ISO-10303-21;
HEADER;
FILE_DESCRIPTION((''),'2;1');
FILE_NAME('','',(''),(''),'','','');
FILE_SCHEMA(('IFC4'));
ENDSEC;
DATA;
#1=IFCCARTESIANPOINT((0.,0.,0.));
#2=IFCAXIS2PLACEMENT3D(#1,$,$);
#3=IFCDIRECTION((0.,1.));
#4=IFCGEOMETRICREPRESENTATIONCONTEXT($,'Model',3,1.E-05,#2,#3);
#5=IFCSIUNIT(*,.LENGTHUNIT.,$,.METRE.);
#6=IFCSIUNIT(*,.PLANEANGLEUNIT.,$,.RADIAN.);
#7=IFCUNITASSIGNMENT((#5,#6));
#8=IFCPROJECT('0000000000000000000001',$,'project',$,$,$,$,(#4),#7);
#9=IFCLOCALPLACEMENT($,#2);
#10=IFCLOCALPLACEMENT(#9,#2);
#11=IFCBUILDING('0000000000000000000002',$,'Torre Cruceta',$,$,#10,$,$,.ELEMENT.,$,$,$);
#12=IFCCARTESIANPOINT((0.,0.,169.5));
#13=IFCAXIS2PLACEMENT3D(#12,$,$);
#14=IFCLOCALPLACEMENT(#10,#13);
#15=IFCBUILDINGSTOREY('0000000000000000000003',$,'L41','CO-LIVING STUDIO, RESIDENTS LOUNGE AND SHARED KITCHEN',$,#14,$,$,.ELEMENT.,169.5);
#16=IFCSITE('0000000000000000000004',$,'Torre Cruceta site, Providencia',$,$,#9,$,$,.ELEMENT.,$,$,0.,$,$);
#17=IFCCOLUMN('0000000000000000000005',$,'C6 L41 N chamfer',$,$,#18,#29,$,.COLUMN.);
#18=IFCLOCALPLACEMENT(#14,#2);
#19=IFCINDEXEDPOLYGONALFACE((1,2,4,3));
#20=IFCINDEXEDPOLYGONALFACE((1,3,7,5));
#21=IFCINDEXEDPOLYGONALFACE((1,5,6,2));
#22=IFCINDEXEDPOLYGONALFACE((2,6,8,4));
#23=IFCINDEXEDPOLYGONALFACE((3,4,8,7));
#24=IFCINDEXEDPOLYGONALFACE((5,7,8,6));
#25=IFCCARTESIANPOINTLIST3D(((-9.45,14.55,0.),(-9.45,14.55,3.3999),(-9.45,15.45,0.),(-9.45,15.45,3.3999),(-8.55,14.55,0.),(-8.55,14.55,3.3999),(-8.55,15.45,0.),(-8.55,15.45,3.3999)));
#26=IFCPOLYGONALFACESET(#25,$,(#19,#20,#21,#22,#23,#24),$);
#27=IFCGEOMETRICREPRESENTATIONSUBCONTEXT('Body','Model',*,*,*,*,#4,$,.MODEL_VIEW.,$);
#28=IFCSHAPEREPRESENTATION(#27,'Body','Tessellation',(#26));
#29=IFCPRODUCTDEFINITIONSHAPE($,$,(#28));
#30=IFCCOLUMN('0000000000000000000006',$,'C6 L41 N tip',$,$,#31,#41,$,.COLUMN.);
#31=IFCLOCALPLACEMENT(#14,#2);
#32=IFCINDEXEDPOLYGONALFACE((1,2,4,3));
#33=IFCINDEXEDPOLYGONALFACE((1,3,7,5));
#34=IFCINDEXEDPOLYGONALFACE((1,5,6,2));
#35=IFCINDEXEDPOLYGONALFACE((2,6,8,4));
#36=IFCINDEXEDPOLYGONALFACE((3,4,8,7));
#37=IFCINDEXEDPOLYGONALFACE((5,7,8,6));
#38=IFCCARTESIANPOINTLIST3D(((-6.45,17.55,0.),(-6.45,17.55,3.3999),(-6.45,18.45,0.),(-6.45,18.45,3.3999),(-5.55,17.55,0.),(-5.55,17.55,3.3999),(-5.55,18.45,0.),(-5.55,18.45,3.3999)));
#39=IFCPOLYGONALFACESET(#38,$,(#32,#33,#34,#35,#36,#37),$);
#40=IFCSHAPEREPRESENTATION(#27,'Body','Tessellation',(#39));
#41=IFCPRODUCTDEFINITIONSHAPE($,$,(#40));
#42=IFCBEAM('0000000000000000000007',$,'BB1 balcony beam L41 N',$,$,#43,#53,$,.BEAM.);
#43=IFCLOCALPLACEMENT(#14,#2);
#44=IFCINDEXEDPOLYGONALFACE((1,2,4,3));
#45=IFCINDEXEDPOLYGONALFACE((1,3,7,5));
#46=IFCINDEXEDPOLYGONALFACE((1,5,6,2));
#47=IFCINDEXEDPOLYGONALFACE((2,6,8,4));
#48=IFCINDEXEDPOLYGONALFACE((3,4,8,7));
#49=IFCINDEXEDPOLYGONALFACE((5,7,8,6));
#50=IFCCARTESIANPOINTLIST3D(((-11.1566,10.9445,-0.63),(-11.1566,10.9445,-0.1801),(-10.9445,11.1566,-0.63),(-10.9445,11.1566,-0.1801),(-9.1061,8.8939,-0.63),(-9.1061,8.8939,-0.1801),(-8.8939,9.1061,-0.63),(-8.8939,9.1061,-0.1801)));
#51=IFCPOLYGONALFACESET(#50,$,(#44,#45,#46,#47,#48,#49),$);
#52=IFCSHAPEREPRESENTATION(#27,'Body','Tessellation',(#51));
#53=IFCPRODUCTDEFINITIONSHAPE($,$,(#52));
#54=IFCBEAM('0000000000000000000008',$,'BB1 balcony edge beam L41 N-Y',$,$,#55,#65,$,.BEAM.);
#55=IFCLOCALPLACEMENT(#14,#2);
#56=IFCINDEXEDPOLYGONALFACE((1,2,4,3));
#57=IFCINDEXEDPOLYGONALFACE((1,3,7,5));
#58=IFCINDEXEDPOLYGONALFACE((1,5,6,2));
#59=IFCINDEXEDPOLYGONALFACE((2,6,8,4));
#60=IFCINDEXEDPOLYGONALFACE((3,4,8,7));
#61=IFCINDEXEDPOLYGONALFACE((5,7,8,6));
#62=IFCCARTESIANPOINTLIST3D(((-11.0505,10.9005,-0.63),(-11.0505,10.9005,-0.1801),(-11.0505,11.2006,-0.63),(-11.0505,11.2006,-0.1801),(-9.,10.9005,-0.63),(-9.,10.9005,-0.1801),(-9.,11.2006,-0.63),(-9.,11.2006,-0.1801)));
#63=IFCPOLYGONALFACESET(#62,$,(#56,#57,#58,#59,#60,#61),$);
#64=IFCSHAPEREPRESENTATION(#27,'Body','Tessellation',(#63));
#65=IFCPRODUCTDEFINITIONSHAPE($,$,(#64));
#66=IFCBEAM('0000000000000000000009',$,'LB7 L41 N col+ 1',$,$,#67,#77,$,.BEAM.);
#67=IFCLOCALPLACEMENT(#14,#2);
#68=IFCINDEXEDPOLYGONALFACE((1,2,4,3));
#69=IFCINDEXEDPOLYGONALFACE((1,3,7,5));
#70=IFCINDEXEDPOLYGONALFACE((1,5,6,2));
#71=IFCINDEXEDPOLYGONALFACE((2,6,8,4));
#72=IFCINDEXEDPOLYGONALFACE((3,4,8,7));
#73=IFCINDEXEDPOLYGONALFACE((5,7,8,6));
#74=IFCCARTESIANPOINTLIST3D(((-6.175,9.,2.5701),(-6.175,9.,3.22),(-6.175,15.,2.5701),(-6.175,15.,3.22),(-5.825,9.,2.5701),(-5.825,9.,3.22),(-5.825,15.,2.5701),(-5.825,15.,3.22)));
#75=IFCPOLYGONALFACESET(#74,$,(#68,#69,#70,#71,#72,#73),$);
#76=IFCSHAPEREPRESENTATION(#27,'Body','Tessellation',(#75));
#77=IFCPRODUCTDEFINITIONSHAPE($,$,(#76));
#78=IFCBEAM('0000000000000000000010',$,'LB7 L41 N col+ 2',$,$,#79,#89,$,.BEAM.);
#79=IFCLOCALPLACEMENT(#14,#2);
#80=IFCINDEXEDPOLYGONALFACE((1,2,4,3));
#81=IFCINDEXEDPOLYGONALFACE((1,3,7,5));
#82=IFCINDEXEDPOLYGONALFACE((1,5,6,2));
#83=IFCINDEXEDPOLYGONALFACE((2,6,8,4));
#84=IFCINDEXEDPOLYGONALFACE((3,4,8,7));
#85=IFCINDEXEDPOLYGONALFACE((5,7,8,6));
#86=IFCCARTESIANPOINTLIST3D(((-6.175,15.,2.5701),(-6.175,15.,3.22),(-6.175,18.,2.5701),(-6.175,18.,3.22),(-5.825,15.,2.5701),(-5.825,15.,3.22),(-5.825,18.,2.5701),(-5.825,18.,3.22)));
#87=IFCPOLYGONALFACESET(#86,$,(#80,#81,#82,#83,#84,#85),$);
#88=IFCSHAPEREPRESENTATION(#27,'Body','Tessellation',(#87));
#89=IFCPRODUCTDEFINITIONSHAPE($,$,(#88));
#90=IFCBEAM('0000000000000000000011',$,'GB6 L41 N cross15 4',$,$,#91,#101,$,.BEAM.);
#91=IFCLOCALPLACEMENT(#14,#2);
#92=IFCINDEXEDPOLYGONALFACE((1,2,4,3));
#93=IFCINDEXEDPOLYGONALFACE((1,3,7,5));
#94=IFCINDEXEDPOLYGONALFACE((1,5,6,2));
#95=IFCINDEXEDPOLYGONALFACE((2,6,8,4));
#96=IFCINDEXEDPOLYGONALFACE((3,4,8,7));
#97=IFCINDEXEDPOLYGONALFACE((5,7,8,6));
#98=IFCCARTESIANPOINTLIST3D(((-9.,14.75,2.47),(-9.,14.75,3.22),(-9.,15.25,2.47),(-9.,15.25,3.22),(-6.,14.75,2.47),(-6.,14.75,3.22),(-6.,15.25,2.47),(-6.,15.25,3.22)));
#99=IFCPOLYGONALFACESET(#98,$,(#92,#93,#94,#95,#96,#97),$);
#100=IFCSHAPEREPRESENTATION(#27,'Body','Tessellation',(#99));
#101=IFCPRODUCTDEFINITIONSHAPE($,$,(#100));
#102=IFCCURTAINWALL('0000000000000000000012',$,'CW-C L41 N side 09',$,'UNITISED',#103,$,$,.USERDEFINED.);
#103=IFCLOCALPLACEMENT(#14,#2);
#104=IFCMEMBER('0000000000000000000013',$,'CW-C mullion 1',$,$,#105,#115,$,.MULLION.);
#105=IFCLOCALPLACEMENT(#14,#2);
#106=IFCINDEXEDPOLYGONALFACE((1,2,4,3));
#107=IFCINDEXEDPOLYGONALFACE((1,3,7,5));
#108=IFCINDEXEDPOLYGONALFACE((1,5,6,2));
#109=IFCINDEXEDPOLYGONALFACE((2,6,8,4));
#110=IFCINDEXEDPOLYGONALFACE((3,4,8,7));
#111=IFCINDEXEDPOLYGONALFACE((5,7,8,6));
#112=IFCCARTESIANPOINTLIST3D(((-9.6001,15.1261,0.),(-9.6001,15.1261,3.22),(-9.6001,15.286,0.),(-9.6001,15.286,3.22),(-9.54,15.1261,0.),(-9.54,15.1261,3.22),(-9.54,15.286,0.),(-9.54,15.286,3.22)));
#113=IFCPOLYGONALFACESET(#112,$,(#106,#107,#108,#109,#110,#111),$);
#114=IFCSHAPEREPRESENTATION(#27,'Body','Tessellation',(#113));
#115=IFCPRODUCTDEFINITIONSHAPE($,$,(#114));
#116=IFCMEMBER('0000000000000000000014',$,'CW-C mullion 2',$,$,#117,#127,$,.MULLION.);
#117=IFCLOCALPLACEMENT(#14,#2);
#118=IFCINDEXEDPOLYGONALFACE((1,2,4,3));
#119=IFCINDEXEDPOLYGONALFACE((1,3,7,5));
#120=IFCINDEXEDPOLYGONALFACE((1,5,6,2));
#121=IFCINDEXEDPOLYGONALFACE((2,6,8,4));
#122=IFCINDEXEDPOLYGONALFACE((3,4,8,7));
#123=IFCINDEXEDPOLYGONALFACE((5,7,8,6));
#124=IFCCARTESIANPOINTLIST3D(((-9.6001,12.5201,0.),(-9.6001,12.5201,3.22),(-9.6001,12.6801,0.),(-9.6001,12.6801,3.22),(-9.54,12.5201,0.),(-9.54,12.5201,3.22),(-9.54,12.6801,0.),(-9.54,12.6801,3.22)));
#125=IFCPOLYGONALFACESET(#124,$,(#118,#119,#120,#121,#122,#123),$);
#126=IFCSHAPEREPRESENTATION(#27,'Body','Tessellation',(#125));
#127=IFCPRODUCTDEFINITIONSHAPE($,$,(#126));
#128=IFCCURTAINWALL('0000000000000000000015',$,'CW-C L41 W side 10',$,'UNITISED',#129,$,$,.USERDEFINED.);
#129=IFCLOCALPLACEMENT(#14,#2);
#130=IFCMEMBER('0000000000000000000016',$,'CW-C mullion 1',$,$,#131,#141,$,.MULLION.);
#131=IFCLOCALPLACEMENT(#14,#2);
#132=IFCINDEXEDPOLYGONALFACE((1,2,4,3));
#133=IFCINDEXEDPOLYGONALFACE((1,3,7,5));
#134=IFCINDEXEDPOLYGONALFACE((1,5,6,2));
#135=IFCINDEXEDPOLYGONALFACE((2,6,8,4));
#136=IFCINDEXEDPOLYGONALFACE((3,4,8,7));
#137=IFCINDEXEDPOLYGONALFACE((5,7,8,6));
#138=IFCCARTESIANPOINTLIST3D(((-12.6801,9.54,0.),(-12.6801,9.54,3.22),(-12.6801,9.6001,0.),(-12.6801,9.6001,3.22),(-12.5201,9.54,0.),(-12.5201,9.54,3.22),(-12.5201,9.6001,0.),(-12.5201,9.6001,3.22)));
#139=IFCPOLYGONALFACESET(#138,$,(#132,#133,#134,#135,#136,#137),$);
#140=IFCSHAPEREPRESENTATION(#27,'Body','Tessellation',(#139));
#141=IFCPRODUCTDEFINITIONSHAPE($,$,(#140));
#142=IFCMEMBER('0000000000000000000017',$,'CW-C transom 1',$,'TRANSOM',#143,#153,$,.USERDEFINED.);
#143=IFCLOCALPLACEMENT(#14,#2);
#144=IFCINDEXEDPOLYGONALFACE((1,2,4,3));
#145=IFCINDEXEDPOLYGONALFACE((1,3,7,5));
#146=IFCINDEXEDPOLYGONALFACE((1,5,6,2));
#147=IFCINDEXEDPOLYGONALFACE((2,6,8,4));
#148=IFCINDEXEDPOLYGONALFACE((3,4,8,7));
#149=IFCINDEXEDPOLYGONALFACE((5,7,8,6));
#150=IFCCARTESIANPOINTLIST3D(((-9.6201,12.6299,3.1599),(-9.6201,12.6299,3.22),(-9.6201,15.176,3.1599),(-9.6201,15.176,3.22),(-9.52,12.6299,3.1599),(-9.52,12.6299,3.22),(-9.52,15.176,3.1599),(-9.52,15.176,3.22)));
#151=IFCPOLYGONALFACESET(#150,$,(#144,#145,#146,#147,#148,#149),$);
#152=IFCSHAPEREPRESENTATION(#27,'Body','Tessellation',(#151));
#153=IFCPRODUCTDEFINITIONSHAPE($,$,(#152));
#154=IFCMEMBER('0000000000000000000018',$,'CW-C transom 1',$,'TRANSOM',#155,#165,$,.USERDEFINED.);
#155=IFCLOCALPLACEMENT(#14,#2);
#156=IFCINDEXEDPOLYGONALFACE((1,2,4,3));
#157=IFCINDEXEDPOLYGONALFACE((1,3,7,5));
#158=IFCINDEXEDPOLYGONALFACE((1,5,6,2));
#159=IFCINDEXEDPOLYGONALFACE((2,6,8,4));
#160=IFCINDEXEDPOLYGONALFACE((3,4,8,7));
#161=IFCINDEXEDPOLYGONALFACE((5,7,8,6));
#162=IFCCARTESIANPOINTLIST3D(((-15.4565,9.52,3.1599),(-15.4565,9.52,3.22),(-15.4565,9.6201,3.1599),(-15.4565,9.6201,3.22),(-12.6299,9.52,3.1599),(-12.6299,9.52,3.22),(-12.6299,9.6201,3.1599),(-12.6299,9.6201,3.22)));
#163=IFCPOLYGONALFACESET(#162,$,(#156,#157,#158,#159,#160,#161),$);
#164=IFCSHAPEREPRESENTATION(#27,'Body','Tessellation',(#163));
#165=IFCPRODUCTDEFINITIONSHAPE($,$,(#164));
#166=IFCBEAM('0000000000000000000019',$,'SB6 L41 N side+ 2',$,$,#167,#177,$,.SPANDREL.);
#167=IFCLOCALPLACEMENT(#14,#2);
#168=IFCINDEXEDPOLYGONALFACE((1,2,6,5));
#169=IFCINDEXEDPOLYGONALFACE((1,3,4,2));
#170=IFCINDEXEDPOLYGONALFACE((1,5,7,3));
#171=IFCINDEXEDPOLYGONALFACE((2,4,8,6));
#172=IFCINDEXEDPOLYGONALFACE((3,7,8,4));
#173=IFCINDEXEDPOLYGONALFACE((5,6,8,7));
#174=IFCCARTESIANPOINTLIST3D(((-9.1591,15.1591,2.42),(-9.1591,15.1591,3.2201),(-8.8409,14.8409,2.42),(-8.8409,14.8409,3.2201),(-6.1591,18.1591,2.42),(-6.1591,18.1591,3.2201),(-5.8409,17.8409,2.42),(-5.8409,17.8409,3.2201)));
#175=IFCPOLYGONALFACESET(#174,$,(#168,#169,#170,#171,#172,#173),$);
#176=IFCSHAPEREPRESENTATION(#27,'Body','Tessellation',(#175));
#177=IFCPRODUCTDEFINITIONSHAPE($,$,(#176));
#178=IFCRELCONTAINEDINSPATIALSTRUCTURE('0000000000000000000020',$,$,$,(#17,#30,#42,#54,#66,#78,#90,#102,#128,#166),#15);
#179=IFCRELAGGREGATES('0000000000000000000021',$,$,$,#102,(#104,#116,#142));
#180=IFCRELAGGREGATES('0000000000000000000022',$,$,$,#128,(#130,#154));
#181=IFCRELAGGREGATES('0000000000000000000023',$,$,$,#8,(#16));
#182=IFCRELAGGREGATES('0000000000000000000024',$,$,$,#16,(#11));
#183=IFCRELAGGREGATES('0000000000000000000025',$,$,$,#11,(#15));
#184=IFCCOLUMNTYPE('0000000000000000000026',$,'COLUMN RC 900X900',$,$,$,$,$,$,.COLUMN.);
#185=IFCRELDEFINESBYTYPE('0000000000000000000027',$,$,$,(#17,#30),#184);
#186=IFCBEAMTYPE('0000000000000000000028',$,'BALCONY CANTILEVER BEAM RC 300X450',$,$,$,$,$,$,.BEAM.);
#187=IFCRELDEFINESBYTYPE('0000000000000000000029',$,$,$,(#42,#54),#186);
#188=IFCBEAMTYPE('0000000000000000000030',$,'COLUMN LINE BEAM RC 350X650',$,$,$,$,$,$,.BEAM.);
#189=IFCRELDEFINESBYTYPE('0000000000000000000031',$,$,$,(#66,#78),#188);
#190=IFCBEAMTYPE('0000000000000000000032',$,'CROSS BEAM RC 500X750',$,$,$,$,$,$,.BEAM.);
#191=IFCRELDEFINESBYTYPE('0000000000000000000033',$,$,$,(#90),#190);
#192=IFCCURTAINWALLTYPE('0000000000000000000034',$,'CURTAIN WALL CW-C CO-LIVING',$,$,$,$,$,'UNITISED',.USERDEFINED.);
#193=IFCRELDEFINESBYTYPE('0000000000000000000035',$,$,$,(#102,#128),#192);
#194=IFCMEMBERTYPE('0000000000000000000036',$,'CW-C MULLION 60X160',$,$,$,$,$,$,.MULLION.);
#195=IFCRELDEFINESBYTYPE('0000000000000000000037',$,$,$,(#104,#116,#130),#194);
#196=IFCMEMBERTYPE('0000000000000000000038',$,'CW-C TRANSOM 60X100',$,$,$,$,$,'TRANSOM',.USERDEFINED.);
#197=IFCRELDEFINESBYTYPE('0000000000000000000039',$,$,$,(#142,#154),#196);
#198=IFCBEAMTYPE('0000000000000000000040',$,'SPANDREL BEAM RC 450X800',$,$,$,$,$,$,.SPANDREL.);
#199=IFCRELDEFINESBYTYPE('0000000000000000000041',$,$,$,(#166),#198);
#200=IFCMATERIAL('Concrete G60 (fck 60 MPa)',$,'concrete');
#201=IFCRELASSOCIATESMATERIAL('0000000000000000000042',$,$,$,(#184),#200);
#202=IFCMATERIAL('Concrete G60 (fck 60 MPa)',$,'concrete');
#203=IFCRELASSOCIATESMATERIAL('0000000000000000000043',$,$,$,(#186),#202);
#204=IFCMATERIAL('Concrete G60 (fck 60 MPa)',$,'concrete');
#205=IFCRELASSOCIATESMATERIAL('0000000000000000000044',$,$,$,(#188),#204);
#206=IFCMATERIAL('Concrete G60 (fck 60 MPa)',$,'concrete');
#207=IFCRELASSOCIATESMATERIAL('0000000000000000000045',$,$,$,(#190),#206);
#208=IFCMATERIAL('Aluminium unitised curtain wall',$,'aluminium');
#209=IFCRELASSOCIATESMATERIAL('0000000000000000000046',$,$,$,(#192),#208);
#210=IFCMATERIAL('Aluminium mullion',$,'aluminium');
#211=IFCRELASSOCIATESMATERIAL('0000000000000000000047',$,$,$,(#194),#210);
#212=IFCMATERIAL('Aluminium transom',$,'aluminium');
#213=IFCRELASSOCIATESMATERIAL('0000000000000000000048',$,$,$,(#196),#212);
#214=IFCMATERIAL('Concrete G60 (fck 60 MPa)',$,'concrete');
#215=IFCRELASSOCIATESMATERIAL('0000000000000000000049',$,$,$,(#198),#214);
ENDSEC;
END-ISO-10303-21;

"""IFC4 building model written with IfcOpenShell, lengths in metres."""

from ifc_helpers import new_model, si_unit, direction, frame, origin, origin_2d, place, context, subcontext, project, spatial, rectangle, extrude, material, material_profile, profile_set, type_object, element, aggregate, save


model = new_model("IFC4")

# Units and contexts
model_context = context("Model", 3, precision=1e-05, world=origin(), true_north=direction((0.0, 1.0)))
body_context = subcontext(model_context, "Body", "Model", "MODEL_VIEW")
ifc_project = project(units=[si_unit("LENGTHUNIT", "METRE"), si_unit("PLANEANGLEUNIT", "RADIAN")], contexts=[model_context])

# Site, building, storey
site_placement = place(None, origin())
site = spatial("IfcSite", under=ifc_project, at=site_placement, Name="Torre Cruceta site, Providencia", CompositionType="ELEMENT", RefElevation=0.0)
building_placement = place(site_placement, origin())
building = spatial("IfcBuilding", under=site, at=building_placement, Name="Torre Cruceta", CompositionType="ELEMENT")
storey_placement = place(building_placement, frame((0.0, 0.0, 169.5)))
storey = spatial("IfcBuildingStorey", under=building, at=storey_placement, Name="L41", Description="CO-LIVING STUDIO, RESIDENTS LOUNGE AND SHARED KITCHEN", CompositionType="ELEMENT", Elevation=169.5)

# Columns
ifc_material_1 = material(Name="Concrete G60 (fck 60 MPa)", Category="concrete")
ifc_material_profile_1 = material_profile(ifc_material_1, rectangle(XDim=0.8999, YDim=0.8999, at=origin_2d()), Name="RC 900X900")
ifc_profile_set_1 = profile_set([ifc_material_profile_1], Name="Concrete G60 (fck 60 MPa)")
column_type = type_object("IfcColumnType", Name="COLUMN RC 900X900", PredefinedType="COLUMN", material=ifc_profile_set_1)
for number, where, z_axis, x_axis, name in (
    (1, (-9.0, 15.0, 0.0), (0.0, 0.0, 1.0), (1.0, 0.0, 0.0), "C6 L41 N chamfer"),
    (2, (-6.0, 18.0, 0.0), (0.0, 0.0, 1.0), (1.0, 0.0, 0.0), "C6 L41 N tip"),
):
    element("IfcColumn", number, at=place(storey_placement, frame(where, z_axis=z_axis, x_axis=x_axis)), inside=storey, type_object=column_type, Name=name, PredefinedType="COLUMN", context=body_context, shape_type="SweptSolid", body=[
        extrude(rectangle(XDim=0.8999, YDim=0.8999, at=origin_2d()), origin(), (0.0, 0.0, 1.0), 3.3999),
    ])

# Beams
ifc_material_2 = material(Name="Concrete G60 (fck 60 MPa)", Category="concrete")
ifc_material_profile_2 = material_profile(ifc_material_2, rectangle(XDim=0.3, YDim=0.45, at=origin_2d()), Name="RC 300X450")
ifc_profile_set_2 = profile_set([ifc_material_profile_2], Name="Concrete G60 (fck 60 MPa)")
beam_type_1 = type_object("IfcBeamType", Name="BALCONY CANTILEVER BEAM RC 300X450", PredefinedType="BEAM", material=ifc_profile_set_2)
beam_1_placement = place(storey_placement, frame((-9.0, 9.0, -0.405), z_axis=(-0.707107, 0.707107, 0.0), x_axis=(-0.707107, -0.707107, 0.0)))
element("IfcBeam", 3, at=beam_1_placement, inside=storey, type_object=beam_type_1, Name="BB1 balcony beam L41 N", PredefinedType="BEAM", context=body_context, shape_type="SweptSolid", body=[
    extrude(rectangle(XDim=0.3, YDim=0.45, at=origin_2d()), origin(), (0.0, 0.0, 1.0), 2.8999),
])
beam_2_placement = place(storey_placement, frame((-9.0, 11.0505, -0.405), z_axis=(-1.0, 0.0, 0.0), x_axis=(0.0, -1.0, 0.0)))
element("IfcBeam", 4, at=beam_2_placement, inside=storey, type_object=beam_type_1, Name="BB1 balcony edge beam L41 N-Y", PredefinedType="BEAM", context=body_context, shape_type="SweptSolid", body=[
    extrude(rectangle(XDim=0.3, YDim=0.45, at=origin_2d()), origin(), (0.0, 0.0, 1.0), 2.0505),
])
ifc_material_3 = material(Name="Concrete G60 (fck 60 MPa)", Category="concrete")
ifc_material_profile_3 = material_profile(ifc_material_3, rectangle(XDim=0.3501, YDim=0.6499, at=origin_2d()), Name="RC 350X650")
ifc_profile_set_3 = profile_set([ifc_material_profile_3], Name="Concrete G60 (fck 60 MPa)")
beam_type_2 = type_object("IfcBeamType", Name="COLUMN LINE BEAM RC 350X650", PredefinedType="BEAM", material=ifc_profile_set_3)
beam_3_placement = place(storey_placement, frame((-6.0, 9.0, 2.895), z_axis=(0.0, 1.0, 0.0), x_axis=(-1.0, 0.0, 0.0)))
element("IfcBeam", 5, at=beam_3_placement, inside=storey, type_object=beam_type_2, Name="LB7 L41 N col+ 1", PredefinedType="BEAM", context=body_context, shape_type="SweptSolid", body=[
    extrude(rectangle(XDim=0.3501, YDim=0.6499, at=origin_2d()), origin(), (0.0, 0.0, 1.0), 6.0),
])
beam_4_placement = place(storey_placement, frame((-6.0, 15.0, 2.895), z_axis=(0.0, 1.0, 0.0), x_axis=(-1.0, 0.0, 0.0)))
element("IfcBeam", 6, at=beam_4_placement, inside=storey, type_object=beam_type_2, Name="LB7 L41 N col+ 2", PredefinedType="BEAM", context=body_context, shape_type="SweptSolid", body=[
    extrude(rectangle(XDim=0.3501, YDim=0.6499, at=origin_2d()), origin(), (0.0, 0.0, 1.0), 3.0),
])
ifc_material_4 = material(Name="Concrete G60 (fck 60 MPa)", Category="concrete")
ifc_material_profile_4 = material_profile(ifc_material_4, rectangle(XDim=0.5, YDim=0.75, at=origin_2d()), Name="RC 500X750")
ifc_profile_set_4 = profile_set([ifc_material_profile_4], Name="Concrete G60 (fck 60 MPa)")
beam_type_3 = type_object("IfcBeamType", Name="CROSS BEAM RC 500X750", PredefinedType="BEAM", material=ifc_profile_set_4)
beam_5_placement = place(storey_placement, frame((-6.0, 15.0, 2.845), z_axis=(-1.0, 0.0, 0.0), x_axis=(0.0, -1.0, 0.0)))
element("IfcBeam", 7, at=beam_5_placement, inside=storey, type_object=beam_type_3, Name="GB6 L41 N cross15 4", PredefinedType="BEAM", context=body_context, shape_type="SweptSolid", body=[
    extrude(rectangle(XDim=0.5, YDim=0.75, at=origin_2d()), origin(), (0.0, 0.0, 1.0), 3.0),
])

# Curtain wall, members
ifc_material_5 = material(Name="Aluminium unitised curtain wall", Category="aluminium")
curtain_wall_type = type_object("IfcCurtainWallType", Name="CURTAIN WALL CW-C CO-LIVING", ElementType="UNITISED", PredefinedType="USERDEFINED", material=ifc_material_5)
curtain_wall_1_placement = place(storey_placement, origin())
curtain_wall_1 = element("IfcCurtainWall", 8, at=curtain_wall_1_placement, inside=storey, type_object=curtain_wall_type, Name="CW-C L41 N side 09", ObjectType="UNITISED", PredefinedType="USERDEFINED")
ifc_material_6 = material(Name="Aluminium mullion", Category="aluminium")
ifc_material_profile_5 = material_profile(ifc_material_6, rectangle(XDim=0.0601, YDim=0.1599, at=origin_2d()), Name="AL 60X160")
ifc_profile_set_5 = profile_set([ifc_material_profile_5], Name="Aluminium mullion")
member_type_1 = type_object("IfcMemberType", Name="CW-C MULLION 60X160", PredefinedType="MULLION", material=ifc_profile_set_5)
member_1_placement = place(storey_placement, frame((-9.5701, 15.2061, 0.0), z_axis=(0.0, 0.0, 1.0), x_axis=(1.0, 0.0, 0.0)))
member_1 = element("IfcMember", 9, at=member_1_placement, type_object=member_type_1, Name="CW-C mullion 1", PredefinedType="MULLION", context=body_context, shape_type="SweptSolid", body=[
    extrude(rectangle(XDim=0.0601, YDim=0.1599, at=origin_2d()), origin(), (0.0, 0.0, 1.0), 3.22),
])
member_2_placement = place(storey_placement, frame((-9.5701, 12.6001, 0.0), z_axis=(0.0, 0.0, 1.0), x_axis=(1.0, 0.0, 0.0)))
member_2 = element("IfcMember", 10, at=member_2_placement, type_object=member_type_1, Name="CW-C mullion 2", PredefinedType="MULLION", context=body_context, shape_type="SweptSolid", body=[
    extrude(rectangle(XDim=0.0601, YDim=0.1599, at=origin_2d()), origin(), (0.0, 0.0, 1.0), 3.22),
])

# Curtain wall, member
curtain_wall_2_placement = place(storey_placement, origin())
curtain_wall_2 = element("IfcCurtainWall", 11, at=curtain_wall_2_placement, inside=storey, type_object=curtain_wall_type, Name="CW-C L41 W side 10", ObjectType="UNITISED", PredefinedType="USERDEFINED")
member_3_placement = place(storey_placement, frame((-12.6001, 9.5701, 0.0), z_axis=(0.0, 0.0, 1.0), x_axis=(0.0, -1.0, 0.0)))
member_3 = element("IfcMember", 12, at=member_3_placement, type_object=member_type_1, Name="CW-C mullion 1", PredefinedType="MULLION", context=body_context, shape_type="SweptSolid", body=[
    extrude(rectangle(XDim=0.0601, YDim=0.1599, at=origin_2d()), origin(), (0.0, 0.0, 1.0), 3.22),
])

# Members
ifc_material_7 = material(Name="Aluminium transom", Category="aluminium")
ifc_material_profile_6 = material_profile(ifc_material_7, rectangle(XDim=0.1001, YDim=0.0601, at=origin_2d()), Name="AL 100X60")
ifc_profile_set_6 = profile_set([ifc_material_profile_6], Name="Aluminium transom")
member_type_2 = type_object("IfcMemberType", Name="CW-C TRANSOM 60X100", ElementType="TRANSOM", PredefinedType="USERDEFINED", material=ifc_profile_set_6)
member_4_placement = place(storey_placement, frame((-9.5701, 15.176, 3.1899), z_axis=(0.0, -1.0, 0.0), x_axis=(1.0, 0.0, 0.0)))
member_4 = element("IfcMember", 13, at=member_4_placement, type_object=member_type_2, Name="CW-C transom 1", ObjectType="TRANSOM", PredefinedType="USERDEFINED", context=body_context, shape_type="SweptSolid", body=[
    extrude(rectangle(XDim=0.1001, YDim=0.0601, at=origin_2d()), origin(), (0.0, 0.0, 1.0), 2.5461),
])
member_5_placement = place(storey_placement, frame((-12.6299, 9.5701, 3.1899), z_axis=(-1.0, 0.0, 0.0), x_axis=(0.0, -1.0, 0.0)))
member_5 = element("IfcMember", 14, at=member_5_placement, type_object=member_type_2, Name="CW-C transom 1", ObjectType="TRANSOM", PredefinedType="USERDEFINED", context=body_context, shape_type="SweptSolid", body=[
    extrude(rectangle(XDim=0.1001, YDim=0.0601, at=origin_2d()), origin(), (0.0, 0.0, 1.0), 2.8267),
])

# Beam
ifc_material_8 = material(Name="Concrete G60 (fck 60 MPa)", Category="concrete")
ifc_material_profile_7 = material_profile(ifc_material_8, rectangle(XDim=0.45, YDim=0.8, at=origin_2d()), Name="RC 450X800")
ifc_profile_set_7 = profile_set([ifc_material_profile_7], Name="Concrete G60 (fck 60 MPa)")
beam_type_4 = type_object("IfcBeamType", Name="SPANDREL BEAM RC 450X800", PredefinedType="SPANDREL", material=ifc_profile_set_7)
beam_6_placement = place(storey_placement, frame((-9.0, 15.0, 2.8201), z_axis=(0.707107, 0.707107, 0.0), x_axis=(-0.707107, 0.707107, 0.0)))
element("IfcBeam", 15, at=beam_6_placement, inside=storey, type_object=beam_type_4, Name="SB6 L41 N side+ 2", PredefinedType="SPANDREL", context=body_context, shape_type="SweptSolid", body=[
    extrude(rectangle(XDim=0.45, YDim=0.8, at=origin_2d()), origin(), (0.0, 0.0, 1.0), 4.2427),
])

aggregate(curtain_wall_1, [member_1, member_2, member_4])
aggregate(curtain_wall_2, [member_3, member_5])

save(model, "model.ifc")
